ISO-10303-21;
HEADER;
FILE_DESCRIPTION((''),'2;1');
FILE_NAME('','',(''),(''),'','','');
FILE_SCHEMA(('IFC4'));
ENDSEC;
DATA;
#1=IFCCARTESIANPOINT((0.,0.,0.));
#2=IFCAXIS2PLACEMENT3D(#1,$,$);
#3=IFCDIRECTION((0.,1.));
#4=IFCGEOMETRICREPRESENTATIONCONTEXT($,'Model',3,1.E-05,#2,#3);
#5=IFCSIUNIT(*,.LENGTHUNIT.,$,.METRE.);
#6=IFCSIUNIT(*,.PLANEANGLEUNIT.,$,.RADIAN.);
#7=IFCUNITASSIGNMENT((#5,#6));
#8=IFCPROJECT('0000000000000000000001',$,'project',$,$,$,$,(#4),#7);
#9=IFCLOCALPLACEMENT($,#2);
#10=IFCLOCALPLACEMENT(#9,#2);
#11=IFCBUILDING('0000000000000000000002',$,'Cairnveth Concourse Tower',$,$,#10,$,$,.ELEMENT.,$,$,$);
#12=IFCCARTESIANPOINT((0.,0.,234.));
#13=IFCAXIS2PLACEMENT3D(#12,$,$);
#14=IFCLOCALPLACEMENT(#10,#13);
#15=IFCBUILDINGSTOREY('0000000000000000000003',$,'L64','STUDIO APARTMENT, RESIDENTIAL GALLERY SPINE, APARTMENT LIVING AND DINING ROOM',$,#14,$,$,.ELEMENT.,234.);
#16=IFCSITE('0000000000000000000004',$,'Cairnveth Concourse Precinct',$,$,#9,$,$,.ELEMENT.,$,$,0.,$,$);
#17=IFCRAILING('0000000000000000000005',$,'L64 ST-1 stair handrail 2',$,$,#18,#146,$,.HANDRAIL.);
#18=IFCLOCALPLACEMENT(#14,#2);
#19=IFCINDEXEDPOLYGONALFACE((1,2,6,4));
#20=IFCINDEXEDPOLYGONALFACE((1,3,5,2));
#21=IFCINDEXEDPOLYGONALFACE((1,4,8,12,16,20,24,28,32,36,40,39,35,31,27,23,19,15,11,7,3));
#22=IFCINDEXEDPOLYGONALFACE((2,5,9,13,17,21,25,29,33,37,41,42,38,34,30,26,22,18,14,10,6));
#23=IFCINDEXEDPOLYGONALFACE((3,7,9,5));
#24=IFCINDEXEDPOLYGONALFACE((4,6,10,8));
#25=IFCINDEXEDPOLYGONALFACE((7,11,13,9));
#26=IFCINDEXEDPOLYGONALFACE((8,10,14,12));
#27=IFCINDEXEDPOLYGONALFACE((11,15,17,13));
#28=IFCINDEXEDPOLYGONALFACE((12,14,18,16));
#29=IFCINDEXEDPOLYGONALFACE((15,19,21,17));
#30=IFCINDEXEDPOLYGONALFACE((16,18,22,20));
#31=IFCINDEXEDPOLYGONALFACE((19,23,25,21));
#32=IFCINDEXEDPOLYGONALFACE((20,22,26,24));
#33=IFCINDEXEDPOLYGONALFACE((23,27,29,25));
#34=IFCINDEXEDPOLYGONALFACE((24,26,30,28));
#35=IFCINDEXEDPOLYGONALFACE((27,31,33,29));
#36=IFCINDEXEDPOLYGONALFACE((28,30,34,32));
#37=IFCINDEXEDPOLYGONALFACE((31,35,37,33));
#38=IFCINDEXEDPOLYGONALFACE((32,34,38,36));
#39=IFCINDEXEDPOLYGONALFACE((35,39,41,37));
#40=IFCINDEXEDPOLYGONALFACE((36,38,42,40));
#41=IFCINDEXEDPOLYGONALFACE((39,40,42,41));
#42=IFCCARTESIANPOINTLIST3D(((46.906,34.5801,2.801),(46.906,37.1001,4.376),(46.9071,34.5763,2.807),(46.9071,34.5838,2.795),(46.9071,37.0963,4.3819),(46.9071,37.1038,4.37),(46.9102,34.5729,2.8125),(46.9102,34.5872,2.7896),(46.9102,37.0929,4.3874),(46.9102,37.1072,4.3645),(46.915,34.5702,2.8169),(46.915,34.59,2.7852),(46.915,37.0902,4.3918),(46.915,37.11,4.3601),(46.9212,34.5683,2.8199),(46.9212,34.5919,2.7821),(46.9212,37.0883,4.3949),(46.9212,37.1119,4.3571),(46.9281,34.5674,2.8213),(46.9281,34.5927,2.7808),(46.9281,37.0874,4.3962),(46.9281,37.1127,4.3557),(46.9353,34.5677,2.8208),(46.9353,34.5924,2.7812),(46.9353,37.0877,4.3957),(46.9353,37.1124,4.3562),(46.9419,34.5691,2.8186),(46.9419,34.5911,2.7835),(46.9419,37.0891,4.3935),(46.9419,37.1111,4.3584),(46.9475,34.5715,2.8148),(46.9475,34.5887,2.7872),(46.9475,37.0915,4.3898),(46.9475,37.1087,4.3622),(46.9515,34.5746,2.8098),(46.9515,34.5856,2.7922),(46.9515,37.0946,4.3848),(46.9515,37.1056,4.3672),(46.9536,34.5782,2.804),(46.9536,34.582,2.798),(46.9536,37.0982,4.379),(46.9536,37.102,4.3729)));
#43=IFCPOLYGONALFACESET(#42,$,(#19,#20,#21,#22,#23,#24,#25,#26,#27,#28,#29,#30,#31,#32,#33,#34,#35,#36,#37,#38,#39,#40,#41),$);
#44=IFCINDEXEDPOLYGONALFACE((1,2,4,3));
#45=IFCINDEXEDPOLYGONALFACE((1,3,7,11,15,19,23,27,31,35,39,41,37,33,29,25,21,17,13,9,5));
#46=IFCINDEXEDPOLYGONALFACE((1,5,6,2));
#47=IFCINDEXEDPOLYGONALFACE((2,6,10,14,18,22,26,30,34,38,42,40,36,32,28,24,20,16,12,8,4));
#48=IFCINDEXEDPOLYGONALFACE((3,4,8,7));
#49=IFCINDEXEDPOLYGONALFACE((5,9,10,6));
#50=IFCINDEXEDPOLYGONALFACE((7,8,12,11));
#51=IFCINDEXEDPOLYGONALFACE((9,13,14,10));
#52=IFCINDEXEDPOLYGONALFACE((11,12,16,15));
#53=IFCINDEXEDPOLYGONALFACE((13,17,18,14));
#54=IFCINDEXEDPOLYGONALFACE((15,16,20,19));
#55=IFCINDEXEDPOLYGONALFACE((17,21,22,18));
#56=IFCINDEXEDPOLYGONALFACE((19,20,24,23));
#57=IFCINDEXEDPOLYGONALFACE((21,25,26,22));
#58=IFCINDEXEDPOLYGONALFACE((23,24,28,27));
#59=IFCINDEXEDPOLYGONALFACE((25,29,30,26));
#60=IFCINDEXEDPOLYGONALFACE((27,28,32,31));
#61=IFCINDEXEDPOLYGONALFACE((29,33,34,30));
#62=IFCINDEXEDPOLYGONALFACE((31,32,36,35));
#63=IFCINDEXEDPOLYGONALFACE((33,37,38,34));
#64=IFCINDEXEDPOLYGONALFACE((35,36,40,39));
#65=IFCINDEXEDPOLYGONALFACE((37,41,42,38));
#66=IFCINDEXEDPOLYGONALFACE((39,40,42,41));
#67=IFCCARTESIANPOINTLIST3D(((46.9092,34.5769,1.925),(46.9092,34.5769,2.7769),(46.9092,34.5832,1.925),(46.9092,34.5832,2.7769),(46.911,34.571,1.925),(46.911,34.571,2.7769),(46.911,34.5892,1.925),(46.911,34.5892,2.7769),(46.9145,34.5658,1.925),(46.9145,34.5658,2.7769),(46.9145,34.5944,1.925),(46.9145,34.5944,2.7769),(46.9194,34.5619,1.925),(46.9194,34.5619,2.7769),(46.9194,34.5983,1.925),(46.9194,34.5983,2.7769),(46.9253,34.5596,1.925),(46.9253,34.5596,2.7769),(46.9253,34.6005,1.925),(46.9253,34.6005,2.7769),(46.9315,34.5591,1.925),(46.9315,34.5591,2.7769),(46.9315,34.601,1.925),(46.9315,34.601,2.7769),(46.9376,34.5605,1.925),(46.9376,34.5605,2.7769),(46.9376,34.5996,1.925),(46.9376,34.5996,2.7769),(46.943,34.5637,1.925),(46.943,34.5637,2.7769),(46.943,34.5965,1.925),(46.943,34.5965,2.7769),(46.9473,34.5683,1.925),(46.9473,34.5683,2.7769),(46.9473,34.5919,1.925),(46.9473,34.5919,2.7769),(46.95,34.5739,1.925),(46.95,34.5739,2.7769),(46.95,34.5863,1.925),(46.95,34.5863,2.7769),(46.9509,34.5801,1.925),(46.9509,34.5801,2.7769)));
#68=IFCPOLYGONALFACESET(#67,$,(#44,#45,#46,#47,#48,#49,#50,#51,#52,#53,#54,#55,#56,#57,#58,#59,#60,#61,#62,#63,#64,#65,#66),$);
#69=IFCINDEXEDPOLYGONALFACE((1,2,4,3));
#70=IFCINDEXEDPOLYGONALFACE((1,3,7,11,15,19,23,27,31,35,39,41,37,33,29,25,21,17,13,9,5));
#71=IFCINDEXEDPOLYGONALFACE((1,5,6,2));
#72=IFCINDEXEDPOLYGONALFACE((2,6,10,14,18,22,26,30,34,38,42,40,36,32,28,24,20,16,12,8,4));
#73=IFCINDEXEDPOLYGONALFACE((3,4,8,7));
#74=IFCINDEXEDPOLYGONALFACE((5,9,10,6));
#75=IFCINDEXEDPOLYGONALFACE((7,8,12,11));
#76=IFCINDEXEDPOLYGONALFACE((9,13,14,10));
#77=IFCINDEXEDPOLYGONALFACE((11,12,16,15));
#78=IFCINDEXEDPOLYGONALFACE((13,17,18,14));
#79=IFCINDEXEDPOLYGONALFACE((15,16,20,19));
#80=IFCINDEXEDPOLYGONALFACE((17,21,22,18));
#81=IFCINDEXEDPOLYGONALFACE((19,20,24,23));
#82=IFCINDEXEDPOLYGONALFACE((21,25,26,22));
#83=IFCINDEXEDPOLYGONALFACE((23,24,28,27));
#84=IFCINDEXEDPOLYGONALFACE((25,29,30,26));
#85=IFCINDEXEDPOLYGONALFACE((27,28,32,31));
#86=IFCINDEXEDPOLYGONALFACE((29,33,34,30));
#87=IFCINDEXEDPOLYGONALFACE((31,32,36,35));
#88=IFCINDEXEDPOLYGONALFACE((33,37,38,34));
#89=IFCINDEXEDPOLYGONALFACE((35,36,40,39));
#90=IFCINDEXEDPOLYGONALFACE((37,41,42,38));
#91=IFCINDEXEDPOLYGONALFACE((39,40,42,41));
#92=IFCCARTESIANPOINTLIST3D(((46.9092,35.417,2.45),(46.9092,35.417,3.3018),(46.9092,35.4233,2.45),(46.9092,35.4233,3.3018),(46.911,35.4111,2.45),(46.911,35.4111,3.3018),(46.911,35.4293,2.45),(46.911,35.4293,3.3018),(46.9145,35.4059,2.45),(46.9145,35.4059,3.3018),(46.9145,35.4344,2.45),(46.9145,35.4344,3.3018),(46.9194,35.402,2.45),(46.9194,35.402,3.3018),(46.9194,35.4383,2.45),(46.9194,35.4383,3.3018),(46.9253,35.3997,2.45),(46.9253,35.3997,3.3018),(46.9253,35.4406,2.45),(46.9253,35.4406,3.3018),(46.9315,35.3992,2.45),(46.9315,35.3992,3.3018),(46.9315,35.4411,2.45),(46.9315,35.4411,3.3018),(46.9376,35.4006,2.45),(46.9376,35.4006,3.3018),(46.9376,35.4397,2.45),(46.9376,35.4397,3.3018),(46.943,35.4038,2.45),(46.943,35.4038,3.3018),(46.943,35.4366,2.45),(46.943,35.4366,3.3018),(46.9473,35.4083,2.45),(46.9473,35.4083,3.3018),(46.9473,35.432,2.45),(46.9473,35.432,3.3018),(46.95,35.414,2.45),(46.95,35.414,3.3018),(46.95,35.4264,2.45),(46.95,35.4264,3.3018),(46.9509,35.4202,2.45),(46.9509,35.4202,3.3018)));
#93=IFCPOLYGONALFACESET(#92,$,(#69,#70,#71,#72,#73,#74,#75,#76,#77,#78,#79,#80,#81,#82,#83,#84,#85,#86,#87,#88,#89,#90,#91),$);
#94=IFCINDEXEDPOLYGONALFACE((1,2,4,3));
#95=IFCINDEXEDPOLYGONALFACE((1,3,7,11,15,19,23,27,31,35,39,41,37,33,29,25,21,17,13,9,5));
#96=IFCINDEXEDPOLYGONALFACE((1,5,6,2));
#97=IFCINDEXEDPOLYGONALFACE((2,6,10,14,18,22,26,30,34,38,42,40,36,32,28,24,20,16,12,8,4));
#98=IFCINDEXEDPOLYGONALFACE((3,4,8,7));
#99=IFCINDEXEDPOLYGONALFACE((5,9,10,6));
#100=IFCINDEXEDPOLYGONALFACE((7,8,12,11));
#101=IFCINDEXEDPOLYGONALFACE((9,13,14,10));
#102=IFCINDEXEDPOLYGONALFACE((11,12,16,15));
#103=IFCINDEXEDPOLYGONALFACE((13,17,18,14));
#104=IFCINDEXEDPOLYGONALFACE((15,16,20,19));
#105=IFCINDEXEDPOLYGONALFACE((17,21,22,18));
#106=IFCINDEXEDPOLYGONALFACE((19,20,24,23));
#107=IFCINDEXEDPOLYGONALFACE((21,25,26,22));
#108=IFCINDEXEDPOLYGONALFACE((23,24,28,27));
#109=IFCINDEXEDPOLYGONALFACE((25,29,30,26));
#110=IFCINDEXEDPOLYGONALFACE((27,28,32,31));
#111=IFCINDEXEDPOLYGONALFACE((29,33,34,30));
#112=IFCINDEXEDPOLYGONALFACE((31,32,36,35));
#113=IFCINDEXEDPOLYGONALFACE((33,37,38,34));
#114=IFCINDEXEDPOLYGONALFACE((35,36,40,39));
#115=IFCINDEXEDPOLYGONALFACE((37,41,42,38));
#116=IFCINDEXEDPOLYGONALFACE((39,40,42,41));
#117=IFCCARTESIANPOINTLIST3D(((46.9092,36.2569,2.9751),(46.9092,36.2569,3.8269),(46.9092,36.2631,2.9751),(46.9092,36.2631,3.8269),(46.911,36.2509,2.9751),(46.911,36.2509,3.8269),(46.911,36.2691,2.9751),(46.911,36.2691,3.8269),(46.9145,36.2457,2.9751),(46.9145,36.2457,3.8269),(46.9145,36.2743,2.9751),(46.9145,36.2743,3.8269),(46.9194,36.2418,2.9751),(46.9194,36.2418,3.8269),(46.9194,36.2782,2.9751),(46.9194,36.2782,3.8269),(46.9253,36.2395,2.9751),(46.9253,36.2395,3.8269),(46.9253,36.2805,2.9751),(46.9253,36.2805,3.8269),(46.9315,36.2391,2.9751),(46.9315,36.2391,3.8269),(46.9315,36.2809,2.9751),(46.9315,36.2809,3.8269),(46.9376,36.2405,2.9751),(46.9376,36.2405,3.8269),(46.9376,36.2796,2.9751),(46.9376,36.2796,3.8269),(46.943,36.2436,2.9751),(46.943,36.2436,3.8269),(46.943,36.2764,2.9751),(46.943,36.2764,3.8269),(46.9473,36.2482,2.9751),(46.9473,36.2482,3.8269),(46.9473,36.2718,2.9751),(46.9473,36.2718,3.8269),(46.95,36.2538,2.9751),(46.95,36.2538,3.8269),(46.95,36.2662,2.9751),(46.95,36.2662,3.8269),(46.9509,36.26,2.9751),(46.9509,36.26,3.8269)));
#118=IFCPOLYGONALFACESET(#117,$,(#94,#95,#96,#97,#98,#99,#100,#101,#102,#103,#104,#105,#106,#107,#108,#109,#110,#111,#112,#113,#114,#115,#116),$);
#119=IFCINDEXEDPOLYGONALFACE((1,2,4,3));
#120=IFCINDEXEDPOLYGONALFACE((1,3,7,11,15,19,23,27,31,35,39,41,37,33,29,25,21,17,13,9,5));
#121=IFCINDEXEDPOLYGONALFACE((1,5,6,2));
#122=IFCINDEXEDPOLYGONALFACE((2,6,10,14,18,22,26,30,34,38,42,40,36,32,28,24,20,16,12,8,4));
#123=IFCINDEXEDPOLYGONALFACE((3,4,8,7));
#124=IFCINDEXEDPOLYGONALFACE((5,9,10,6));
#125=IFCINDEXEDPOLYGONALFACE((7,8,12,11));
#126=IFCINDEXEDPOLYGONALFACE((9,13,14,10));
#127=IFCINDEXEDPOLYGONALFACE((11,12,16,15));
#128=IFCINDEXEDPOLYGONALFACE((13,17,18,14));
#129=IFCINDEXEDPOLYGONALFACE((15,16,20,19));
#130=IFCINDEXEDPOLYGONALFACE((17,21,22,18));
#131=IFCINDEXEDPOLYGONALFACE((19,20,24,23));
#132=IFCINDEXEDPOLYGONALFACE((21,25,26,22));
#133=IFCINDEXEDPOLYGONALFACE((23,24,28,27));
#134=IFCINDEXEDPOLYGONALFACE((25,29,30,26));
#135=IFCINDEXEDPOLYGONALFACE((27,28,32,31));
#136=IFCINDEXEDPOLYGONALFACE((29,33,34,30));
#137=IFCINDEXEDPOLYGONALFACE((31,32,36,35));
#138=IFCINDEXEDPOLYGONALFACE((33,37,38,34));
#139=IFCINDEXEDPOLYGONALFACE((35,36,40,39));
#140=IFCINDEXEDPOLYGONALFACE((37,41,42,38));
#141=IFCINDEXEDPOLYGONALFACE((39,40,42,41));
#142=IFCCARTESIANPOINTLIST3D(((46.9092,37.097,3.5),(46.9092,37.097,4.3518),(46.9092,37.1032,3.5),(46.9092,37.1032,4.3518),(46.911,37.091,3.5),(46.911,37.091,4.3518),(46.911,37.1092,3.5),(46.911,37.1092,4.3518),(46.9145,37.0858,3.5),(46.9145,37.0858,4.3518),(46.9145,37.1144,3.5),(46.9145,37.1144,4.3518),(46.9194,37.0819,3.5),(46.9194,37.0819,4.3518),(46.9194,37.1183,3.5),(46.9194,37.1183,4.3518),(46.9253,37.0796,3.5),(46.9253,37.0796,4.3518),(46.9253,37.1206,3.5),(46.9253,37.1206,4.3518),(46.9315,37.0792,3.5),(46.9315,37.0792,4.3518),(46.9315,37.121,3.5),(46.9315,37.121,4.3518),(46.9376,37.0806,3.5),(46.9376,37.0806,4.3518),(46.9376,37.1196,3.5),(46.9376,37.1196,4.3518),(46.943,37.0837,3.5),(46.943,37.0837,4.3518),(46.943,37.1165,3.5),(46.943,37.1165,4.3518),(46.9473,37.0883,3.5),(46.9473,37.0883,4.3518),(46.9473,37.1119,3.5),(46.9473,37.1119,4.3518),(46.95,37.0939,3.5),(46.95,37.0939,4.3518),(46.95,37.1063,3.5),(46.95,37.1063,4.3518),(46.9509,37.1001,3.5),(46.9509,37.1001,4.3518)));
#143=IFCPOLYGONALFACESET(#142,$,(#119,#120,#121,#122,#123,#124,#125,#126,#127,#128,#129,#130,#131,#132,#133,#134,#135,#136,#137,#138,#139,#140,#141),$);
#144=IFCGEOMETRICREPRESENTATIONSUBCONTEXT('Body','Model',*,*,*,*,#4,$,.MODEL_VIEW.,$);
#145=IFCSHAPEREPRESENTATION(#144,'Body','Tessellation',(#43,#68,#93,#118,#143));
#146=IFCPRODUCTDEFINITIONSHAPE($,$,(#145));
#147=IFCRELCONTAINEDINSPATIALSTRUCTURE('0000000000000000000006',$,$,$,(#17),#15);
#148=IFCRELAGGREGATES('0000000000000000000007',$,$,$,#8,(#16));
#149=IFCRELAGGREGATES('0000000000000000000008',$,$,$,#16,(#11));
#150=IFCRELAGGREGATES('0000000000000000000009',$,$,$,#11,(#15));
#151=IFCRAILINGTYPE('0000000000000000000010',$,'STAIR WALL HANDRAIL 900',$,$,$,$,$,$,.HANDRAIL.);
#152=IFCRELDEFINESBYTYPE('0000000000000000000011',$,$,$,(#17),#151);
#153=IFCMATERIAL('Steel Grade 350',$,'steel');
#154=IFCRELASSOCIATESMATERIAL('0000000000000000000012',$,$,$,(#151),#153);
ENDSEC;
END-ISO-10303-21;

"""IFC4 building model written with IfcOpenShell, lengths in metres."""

from ifc_helpers import new_model, si_unit, direction, frame, origin, origin_2d, place, context, subcontext, project, spatial, circle, extrude, material, type_object, element, save


model = new_model("IFC4")

# Units and contexts
model_context = context("Model", 3, precision=1e-05, world=origin(), true_north=direction((0.0, 1.0)))
body_context = subcontext(model_context, "Body", "Model", "MODEL_VIEW")
ifc_project = project(units=[si_unit("LENGTHUNIT", "METRE"), si_unit("PLANEANGLEUNIT", "RADIAN")], contexts=[model_context])

# Site, building, storey
site_placement = place(None, origin())
site = spatial("IfcSite", under=ifc_project, at=site_placement, Name="Cairnveth Concourse Precinct", CompositionType="ELEMENT", RefElevation=0.0)
building_placement = place(site_placement, origin())
building = spatial("IfcBuilding", under=site, at=building_placement, Name="Cairnveth Concourse Tower", CompositionType="ELEMENT")
storey_placement = place(building_placement, frame((0.0, 0.0, 234.0)))
storey = spatial("IfcBuildingStorey", under=building, at=storey_placement, Name="L64", Description="STUDIO APARTMENT, RESIDENTIAL GALLERY SPINE, APARTMENT LIVING AND DINING ROOM", CompositionType="ELEMENT", Elevation=234.0)

# Railing
ifc_material_1 = material(Name="Steel Grade 350", Category="steel")
railing_type_1 = type_object("IfcRailingType", Name="STAIR WALL HANDRAIL 900", PredefinedType="HANDRAIL", material=ifc_material_1)
railing_1_placement = place(storey_placement, frame((46.9299, 34.5801, 1.925)))
element("IfcRailing", 1, at=railing_1_placement, inside=storey, type_object=railing_type_1, Name="L64 ST-1 stair handrail 2", PredefinedType="HANDRAIL", context=body_context, shape_type="SweptSolid", body=[
    extrude(circle(Radius=0.0239, at=origin_2d()), frame((0.0, 0.0, 0.876), z_axis=(0.0, 0.848008, 0.529984), x_axis=(-1.0, 0.0, 0.0)), (0.0, 0.0, 1.0), 2.9717),
    extrude(circle(Radius=0.021, at=origin_2d()), origin(), (0.0, 0.0, 1.0), 0.8518),
    extrude(circle(Radius=0.021, at=origin_2d()), frame((0.0, 0.8401, 0.5249)), (0.0, 0.0, 1.0), 0.8518),
    extrude(circle(Radius=0.021, at=origin_2d()), frame((0.0, 1.6799, 1.05)), (0.0, 0.0, 1.0), 0.8518),
    extrude(circle(Radius=0.021, at=origin_2d()), frame((0.0, 2.52, 1.575)), (0.0, 0.0, 1.0), 0.8518),
])

save(model, "model.ifc")
